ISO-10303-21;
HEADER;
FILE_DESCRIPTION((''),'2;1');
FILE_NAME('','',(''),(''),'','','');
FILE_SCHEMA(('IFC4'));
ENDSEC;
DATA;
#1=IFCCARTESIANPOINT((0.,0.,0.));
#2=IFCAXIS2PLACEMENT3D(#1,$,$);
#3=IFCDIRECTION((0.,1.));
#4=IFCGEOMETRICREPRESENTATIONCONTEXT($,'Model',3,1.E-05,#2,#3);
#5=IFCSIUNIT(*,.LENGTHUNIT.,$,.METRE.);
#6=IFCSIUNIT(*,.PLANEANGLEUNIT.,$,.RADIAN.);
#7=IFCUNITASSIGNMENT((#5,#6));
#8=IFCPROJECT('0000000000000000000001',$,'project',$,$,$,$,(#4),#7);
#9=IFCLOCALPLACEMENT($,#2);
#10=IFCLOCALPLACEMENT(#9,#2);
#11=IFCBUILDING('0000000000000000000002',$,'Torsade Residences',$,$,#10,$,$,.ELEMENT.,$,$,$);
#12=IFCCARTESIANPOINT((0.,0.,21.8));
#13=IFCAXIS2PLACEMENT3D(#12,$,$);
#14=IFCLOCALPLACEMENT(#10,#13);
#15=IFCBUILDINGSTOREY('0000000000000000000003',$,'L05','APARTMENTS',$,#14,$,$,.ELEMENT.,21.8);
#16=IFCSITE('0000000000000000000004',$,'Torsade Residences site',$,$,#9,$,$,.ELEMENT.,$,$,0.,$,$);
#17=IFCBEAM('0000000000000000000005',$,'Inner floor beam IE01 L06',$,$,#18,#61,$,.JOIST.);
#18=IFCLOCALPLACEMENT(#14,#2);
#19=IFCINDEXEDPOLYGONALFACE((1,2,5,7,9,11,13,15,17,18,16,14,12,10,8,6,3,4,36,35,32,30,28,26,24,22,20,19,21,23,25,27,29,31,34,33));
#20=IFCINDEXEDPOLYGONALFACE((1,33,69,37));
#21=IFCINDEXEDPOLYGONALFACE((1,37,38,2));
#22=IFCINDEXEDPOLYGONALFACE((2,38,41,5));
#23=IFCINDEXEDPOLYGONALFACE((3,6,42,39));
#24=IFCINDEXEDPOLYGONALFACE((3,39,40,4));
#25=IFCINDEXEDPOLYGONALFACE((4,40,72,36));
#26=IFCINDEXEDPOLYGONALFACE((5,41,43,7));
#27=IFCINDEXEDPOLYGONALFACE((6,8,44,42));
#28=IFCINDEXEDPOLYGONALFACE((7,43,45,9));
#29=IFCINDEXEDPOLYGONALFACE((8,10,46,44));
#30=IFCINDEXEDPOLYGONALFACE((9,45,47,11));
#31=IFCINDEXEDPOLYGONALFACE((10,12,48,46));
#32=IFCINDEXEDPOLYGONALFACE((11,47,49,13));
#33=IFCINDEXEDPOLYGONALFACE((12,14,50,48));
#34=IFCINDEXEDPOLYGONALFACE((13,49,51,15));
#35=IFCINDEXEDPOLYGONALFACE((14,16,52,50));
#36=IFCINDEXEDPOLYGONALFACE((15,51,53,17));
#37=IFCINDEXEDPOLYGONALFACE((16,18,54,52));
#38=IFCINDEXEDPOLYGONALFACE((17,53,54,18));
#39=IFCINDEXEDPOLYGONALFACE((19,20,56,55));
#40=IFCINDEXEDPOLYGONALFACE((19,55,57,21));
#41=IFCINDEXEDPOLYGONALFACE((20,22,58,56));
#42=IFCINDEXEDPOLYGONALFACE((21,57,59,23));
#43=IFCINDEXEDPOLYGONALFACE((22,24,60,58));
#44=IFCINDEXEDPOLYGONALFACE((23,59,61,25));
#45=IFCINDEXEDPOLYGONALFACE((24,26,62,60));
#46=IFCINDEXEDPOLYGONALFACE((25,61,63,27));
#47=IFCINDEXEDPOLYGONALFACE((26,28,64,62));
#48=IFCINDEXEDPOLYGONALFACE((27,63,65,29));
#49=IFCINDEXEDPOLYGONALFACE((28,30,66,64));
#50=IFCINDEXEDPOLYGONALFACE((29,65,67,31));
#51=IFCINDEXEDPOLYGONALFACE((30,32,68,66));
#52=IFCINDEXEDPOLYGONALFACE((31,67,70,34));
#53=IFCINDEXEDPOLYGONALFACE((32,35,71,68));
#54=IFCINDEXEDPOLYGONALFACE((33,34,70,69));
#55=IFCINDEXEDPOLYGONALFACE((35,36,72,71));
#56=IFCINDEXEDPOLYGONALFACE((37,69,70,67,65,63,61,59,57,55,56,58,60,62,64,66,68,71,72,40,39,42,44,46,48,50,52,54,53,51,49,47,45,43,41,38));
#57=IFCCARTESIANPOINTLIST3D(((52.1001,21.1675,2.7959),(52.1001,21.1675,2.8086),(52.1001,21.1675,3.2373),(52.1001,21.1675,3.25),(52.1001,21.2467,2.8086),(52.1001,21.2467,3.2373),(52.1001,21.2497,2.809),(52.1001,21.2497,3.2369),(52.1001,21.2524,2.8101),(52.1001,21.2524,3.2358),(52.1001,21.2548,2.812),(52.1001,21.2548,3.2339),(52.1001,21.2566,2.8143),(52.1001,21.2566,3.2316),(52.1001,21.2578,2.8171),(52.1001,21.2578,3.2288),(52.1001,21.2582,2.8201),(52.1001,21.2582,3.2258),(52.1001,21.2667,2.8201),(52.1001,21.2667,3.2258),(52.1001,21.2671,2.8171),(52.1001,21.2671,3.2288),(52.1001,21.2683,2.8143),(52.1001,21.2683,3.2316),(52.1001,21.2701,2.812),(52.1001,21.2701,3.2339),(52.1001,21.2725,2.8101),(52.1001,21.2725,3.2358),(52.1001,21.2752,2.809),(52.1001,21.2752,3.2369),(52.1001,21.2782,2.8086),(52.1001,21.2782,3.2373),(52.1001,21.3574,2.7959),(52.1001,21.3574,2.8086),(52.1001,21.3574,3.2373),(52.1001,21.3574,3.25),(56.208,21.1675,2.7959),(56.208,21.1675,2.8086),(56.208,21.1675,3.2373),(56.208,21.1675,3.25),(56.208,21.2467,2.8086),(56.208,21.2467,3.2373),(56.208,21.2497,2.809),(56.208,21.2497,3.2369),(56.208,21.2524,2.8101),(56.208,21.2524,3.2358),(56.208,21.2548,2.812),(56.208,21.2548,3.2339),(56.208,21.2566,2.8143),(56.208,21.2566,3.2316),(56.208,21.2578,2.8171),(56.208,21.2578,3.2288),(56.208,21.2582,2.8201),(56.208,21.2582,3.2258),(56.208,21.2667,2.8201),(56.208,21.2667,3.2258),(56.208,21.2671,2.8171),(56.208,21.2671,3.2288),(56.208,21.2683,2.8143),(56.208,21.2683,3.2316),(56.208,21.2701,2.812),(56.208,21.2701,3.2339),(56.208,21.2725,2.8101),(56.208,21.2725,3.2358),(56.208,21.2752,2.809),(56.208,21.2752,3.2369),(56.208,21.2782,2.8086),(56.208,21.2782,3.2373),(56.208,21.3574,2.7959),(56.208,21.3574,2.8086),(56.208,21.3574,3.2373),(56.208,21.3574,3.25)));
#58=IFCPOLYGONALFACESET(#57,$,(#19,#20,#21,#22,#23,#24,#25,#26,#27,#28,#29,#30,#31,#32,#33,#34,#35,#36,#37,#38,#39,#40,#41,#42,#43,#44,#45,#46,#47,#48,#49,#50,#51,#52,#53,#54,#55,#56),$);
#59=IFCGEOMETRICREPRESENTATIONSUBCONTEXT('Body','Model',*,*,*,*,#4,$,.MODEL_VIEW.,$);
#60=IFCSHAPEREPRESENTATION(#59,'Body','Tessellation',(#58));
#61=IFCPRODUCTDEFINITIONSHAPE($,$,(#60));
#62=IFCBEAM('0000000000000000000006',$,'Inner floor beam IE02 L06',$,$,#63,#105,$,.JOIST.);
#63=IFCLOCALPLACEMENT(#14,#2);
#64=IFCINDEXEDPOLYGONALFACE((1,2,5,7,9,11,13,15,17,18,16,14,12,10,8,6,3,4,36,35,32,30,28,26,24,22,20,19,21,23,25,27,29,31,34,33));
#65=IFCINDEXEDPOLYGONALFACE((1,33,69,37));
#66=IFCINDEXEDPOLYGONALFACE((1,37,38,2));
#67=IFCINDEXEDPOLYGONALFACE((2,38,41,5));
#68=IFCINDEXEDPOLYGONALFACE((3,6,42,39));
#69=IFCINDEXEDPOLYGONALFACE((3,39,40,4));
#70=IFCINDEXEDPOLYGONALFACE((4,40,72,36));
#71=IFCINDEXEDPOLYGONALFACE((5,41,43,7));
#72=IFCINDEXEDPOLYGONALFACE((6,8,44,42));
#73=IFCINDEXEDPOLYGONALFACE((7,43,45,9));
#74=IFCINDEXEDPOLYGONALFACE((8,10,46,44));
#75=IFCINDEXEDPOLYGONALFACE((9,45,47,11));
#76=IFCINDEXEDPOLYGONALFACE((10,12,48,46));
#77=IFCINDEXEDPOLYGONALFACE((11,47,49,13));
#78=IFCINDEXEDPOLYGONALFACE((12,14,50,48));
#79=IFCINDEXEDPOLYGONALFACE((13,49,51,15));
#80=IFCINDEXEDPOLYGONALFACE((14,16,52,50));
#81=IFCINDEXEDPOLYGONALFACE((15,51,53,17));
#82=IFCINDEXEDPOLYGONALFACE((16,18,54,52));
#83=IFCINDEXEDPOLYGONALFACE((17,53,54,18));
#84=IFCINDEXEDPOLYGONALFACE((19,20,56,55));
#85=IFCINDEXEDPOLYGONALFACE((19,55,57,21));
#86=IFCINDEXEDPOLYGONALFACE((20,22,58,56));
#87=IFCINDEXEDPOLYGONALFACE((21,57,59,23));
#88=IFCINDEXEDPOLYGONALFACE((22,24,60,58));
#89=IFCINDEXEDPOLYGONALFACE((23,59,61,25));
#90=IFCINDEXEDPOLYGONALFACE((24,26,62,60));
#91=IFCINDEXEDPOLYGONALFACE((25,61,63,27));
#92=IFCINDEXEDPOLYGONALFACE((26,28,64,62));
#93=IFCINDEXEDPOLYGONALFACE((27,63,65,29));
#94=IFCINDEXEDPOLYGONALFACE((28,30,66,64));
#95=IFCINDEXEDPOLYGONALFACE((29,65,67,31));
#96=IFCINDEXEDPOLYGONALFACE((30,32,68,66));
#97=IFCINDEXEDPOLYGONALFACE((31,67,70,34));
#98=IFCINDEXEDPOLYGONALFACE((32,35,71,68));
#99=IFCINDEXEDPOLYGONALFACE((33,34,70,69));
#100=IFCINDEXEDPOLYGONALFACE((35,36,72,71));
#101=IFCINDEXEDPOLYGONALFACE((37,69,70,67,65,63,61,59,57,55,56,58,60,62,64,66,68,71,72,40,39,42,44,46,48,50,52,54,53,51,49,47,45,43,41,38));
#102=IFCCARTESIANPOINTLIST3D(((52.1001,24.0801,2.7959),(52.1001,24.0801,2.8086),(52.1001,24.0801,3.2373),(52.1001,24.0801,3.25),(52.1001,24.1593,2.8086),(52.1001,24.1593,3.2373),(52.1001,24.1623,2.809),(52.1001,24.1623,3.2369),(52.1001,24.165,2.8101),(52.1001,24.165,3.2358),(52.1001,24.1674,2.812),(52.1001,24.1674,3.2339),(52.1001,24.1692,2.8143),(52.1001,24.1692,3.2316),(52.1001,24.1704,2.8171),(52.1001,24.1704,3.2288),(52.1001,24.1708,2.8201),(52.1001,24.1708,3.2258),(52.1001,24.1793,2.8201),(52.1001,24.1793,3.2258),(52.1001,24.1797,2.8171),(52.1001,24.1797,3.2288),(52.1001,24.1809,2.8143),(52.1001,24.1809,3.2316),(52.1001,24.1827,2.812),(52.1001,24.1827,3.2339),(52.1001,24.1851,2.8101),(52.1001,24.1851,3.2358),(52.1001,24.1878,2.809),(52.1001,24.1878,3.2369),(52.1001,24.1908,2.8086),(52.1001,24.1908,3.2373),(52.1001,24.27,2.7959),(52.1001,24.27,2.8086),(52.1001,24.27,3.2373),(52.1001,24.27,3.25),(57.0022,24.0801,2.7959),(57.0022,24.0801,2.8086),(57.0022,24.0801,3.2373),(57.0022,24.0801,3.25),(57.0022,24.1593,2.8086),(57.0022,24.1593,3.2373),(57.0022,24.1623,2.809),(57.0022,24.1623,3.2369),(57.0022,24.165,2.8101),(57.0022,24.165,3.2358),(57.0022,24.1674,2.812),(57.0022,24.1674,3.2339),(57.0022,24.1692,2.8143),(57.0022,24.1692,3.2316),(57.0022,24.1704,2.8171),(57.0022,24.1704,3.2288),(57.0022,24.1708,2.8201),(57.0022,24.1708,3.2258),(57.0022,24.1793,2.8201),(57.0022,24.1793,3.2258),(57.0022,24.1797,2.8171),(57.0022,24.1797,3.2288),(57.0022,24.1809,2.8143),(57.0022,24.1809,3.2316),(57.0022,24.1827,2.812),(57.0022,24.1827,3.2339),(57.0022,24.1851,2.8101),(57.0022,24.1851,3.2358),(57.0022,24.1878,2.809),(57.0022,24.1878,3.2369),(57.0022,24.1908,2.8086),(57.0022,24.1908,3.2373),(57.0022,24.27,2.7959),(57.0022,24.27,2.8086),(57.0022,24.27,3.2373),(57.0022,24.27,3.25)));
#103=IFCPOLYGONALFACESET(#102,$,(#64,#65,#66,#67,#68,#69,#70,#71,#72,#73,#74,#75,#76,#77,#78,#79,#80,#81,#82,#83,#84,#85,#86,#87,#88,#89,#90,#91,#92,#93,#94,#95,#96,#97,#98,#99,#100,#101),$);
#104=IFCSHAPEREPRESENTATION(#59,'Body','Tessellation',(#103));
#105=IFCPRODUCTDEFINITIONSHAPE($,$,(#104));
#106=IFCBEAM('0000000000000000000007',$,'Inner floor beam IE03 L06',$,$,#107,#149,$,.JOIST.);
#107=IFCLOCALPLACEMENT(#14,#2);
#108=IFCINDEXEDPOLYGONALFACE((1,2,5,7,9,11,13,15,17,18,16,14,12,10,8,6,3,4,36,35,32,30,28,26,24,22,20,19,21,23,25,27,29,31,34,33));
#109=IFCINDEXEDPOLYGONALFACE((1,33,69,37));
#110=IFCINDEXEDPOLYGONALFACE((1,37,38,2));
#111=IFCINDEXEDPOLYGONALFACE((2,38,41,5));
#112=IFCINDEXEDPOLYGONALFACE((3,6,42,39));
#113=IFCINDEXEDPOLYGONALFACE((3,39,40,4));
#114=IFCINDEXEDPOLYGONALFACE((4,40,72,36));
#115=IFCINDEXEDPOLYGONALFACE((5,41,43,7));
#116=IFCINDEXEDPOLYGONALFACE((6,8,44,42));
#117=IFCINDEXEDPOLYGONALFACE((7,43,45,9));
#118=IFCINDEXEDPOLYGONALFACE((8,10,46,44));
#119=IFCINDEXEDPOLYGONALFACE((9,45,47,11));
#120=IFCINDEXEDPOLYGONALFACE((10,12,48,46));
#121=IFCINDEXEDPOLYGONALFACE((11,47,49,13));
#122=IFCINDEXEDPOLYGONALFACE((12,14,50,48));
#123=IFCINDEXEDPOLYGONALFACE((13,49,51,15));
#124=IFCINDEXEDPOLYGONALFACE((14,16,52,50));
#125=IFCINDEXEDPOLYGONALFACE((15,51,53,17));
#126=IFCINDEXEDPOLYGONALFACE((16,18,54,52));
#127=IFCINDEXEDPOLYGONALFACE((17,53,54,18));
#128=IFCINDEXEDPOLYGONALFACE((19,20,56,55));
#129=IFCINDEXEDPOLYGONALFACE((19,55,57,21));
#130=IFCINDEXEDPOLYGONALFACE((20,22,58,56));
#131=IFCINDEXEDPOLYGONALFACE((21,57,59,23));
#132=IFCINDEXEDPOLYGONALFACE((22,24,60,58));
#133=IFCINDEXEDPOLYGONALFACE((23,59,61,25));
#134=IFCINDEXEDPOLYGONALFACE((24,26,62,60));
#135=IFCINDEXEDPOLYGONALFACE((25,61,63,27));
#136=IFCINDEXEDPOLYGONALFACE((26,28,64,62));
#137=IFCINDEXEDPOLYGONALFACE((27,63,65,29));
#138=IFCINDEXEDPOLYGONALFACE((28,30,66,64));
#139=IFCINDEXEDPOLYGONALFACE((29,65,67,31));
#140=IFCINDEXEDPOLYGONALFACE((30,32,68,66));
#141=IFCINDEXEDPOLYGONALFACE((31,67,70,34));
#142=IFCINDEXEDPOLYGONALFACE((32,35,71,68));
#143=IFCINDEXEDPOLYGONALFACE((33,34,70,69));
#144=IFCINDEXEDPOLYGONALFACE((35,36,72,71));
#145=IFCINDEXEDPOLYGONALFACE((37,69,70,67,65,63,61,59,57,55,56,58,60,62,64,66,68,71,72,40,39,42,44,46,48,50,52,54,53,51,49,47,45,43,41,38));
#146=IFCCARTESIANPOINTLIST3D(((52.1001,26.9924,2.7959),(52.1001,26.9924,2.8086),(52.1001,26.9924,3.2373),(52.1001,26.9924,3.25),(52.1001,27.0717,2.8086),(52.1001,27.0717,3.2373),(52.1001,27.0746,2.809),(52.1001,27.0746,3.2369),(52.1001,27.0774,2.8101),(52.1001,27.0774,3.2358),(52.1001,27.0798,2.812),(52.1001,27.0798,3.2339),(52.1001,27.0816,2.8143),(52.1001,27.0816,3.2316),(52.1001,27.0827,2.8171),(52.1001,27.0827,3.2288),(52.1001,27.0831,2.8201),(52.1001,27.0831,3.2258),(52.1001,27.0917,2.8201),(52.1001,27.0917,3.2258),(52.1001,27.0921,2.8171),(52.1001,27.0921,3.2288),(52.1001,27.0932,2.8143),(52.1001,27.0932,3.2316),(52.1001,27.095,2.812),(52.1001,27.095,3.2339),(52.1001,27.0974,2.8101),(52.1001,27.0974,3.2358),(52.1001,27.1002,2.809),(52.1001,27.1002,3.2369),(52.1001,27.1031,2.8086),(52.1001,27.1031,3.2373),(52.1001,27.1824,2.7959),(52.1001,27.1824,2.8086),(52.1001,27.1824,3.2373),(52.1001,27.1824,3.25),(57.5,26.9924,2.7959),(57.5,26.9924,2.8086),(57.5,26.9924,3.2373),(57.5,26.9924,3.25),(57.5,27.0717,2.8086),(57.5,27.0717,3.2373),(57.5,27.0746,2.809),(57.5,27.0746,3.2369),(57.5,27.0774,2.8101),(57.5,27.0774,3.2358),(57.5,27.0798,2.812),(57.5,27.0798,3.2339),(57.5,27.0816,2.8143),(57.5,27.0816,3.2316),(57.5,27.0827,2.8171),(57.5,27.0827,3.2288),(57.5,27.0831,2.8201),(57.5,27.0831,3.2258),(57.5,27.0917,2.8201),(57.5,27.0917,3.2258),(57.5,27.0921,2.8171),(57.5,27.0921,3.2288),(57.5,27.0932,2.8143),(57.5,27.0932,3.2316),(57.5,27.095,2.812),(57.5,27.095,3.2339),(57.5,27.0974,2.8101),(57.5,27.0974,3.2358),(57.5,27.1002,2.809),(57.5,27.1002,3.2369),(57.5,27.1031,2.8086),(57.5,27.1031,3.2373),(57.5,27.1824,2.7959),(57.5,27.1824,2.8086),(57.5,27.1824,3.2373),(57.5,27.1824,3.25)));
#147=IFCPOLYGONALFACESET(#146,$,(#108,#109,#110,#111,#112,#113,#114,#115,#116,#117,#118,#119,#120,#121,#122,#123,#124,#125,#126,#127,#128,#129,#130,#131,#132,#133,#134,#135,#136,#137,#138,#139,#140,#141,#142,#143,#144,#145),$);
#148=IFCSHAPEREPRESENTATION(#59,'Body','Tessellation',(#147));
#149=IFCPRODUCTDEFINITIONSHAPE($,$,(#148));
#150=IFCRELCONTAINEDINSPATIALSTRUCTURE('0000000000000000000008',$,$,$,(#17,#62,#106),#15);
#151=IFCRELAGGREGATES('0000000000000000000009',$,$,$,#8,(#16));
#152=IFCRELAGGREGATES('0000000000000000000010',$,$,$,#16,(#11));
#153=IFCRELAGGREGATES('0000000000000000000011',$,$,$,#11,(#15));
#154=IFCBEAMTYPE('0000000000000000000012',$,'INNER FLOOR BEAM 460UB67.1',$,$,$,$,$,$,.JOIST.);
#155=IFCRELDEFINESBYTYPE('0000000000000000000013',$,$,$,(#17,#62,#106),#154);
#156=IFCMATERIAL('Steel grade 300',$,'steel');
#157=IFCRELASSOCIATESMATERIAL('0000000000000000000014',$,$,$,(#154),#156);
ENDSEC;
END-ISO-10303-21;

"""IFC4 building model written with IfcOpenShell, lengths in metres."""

from ifc_helpers import new_model, si_unit, direction, frame, origin, origin_2d, place, context, subcontext, project, spatial, i_section, extrude, material, material_profile, profile_set, type_object, element, save


model = new_model("IFC4")

# Units and contexts
model_context = context("Model", 3, precision=1e-05, world=origin(), true_north=direction((0.0, 1.0)))
body_context = subcontext(model_context, "Body", "Model", "MODEL_VIEW")
ifc_project = project(units=[si_unit("LENGTHUNIT", "METRE"), si_unit("PLANEANGLEUNIT", "RADIAN")], contexts=[model_context])

# Site, building, storey
site_placement = place(None, origin())
site = spatial("IfcSite", under=ifc_project, at=site_placement, Name="Torsade Residences site", CompositionType="ELEMENT", RefElevation=0.0)
building_placement = place(site_placement, origin())
building = spatial("IfcBuilding", under=site, at=building_placement, Name="Torsade Residences", CompositionType="ELEMENT")
storey_placement = place(building_placement, frame((0.0, 0.0, 21.8)))
storey = spatial("IfcBuildingStorey", under=building, at=storey_placement, Name="L05", Description="APARTMENTS", CompositionType="ELEMENT", Elevation=21.8)

# Beams
ifc_material_1 = material(Name="Steel grade 300", Category="steel")
ifc_material_profile = material_profile(ifc_material_1, i_section(OverallWidth=0.1899, OverallDepth=0.4541, WebThickness=0.0085, FlangeThickness=0.0127, FilletRadius=0.0115, at=origin_2d()), Name="460UB67.1")
ifc_profile_set = profile_set([ifc_material_profile], Name="Steel grade 300")
beam_type = type_object("IfcBeamType", Name="INNER FLOOR BEAM 460UB67.1", PredefinedType="JOIST", material=ifc_profile_set)
beam_1_placement = place(storey_placement, frame((52.1001, 21.2625, 3.0229), z_axis=(1.0, 0.0, 0.0), x_axis=(0.0, 1.0, 0.0)))
element("IfcBeam", 1, at=beam_1_placement, inside=storey, type_object=beam_type, Name="Inner floor beam IE01 L06", PredefinedType="JOIST", context=body_context, shape_type="SweptSolid", body=[
    extrude(i_section(OverallWidth=0.1899, OverallDepth=0.4541, WebThickness=0.0085, FlangeThickness=0.0127, FilletRadius=0.0115, at=origin_2d()), origin(), (0.0, 0.0, 1.0), 4.1079),
])
beam_2_placement = place(storey_placement, frame((52.1001, 24.175, 3.0229), z_axis=(1.0, 0.0, 0.0), x_axis=(0.0, 1.0, 0.0)))
element("IfcBeam", 2, at=beam_2_placement, inside=storey, type_object=beam_type, Name="Inner floor beam IE02 L06", PredefinedType="JOIST", context=body_context, shape_type="SweptSolid", body=[
    extrude(i_section(OverallWidth=0.1899, OverallDepth=0.4541, WebThickness=0.0085, FlangeThickness=0.0127, FilletRadius=0.0115, at=origin_2d()), origin(), (0.0, 0.0, 1.0), 4.9021),
])
beam_3_placement = place(storey_placement, frame((52.1001, 27.0874, 3.0229), z_axis=(1.0, 0.0, 0.0), x_axis=(0.0, 1.0, 0.0)))
element("IfcBeam", 3, at=beam_3_placement, inside=storey, type_object=beam_type, Name="Inner floor beam IE03 L06", PredefinedType="JOIST", context=body_context, shape_type="SweptSolid", body=[
    extrude(i_section(OverallWidth=0.1899, OverallDepth=0.4541, WebThickness=0.0085, FlangeThickness=0.0127, FilletRadius=0.0115, at=origin_2d()), origin(), (0.0, 0.0, 1.0), 5.3999),
])

save(model, "model.ifc")
